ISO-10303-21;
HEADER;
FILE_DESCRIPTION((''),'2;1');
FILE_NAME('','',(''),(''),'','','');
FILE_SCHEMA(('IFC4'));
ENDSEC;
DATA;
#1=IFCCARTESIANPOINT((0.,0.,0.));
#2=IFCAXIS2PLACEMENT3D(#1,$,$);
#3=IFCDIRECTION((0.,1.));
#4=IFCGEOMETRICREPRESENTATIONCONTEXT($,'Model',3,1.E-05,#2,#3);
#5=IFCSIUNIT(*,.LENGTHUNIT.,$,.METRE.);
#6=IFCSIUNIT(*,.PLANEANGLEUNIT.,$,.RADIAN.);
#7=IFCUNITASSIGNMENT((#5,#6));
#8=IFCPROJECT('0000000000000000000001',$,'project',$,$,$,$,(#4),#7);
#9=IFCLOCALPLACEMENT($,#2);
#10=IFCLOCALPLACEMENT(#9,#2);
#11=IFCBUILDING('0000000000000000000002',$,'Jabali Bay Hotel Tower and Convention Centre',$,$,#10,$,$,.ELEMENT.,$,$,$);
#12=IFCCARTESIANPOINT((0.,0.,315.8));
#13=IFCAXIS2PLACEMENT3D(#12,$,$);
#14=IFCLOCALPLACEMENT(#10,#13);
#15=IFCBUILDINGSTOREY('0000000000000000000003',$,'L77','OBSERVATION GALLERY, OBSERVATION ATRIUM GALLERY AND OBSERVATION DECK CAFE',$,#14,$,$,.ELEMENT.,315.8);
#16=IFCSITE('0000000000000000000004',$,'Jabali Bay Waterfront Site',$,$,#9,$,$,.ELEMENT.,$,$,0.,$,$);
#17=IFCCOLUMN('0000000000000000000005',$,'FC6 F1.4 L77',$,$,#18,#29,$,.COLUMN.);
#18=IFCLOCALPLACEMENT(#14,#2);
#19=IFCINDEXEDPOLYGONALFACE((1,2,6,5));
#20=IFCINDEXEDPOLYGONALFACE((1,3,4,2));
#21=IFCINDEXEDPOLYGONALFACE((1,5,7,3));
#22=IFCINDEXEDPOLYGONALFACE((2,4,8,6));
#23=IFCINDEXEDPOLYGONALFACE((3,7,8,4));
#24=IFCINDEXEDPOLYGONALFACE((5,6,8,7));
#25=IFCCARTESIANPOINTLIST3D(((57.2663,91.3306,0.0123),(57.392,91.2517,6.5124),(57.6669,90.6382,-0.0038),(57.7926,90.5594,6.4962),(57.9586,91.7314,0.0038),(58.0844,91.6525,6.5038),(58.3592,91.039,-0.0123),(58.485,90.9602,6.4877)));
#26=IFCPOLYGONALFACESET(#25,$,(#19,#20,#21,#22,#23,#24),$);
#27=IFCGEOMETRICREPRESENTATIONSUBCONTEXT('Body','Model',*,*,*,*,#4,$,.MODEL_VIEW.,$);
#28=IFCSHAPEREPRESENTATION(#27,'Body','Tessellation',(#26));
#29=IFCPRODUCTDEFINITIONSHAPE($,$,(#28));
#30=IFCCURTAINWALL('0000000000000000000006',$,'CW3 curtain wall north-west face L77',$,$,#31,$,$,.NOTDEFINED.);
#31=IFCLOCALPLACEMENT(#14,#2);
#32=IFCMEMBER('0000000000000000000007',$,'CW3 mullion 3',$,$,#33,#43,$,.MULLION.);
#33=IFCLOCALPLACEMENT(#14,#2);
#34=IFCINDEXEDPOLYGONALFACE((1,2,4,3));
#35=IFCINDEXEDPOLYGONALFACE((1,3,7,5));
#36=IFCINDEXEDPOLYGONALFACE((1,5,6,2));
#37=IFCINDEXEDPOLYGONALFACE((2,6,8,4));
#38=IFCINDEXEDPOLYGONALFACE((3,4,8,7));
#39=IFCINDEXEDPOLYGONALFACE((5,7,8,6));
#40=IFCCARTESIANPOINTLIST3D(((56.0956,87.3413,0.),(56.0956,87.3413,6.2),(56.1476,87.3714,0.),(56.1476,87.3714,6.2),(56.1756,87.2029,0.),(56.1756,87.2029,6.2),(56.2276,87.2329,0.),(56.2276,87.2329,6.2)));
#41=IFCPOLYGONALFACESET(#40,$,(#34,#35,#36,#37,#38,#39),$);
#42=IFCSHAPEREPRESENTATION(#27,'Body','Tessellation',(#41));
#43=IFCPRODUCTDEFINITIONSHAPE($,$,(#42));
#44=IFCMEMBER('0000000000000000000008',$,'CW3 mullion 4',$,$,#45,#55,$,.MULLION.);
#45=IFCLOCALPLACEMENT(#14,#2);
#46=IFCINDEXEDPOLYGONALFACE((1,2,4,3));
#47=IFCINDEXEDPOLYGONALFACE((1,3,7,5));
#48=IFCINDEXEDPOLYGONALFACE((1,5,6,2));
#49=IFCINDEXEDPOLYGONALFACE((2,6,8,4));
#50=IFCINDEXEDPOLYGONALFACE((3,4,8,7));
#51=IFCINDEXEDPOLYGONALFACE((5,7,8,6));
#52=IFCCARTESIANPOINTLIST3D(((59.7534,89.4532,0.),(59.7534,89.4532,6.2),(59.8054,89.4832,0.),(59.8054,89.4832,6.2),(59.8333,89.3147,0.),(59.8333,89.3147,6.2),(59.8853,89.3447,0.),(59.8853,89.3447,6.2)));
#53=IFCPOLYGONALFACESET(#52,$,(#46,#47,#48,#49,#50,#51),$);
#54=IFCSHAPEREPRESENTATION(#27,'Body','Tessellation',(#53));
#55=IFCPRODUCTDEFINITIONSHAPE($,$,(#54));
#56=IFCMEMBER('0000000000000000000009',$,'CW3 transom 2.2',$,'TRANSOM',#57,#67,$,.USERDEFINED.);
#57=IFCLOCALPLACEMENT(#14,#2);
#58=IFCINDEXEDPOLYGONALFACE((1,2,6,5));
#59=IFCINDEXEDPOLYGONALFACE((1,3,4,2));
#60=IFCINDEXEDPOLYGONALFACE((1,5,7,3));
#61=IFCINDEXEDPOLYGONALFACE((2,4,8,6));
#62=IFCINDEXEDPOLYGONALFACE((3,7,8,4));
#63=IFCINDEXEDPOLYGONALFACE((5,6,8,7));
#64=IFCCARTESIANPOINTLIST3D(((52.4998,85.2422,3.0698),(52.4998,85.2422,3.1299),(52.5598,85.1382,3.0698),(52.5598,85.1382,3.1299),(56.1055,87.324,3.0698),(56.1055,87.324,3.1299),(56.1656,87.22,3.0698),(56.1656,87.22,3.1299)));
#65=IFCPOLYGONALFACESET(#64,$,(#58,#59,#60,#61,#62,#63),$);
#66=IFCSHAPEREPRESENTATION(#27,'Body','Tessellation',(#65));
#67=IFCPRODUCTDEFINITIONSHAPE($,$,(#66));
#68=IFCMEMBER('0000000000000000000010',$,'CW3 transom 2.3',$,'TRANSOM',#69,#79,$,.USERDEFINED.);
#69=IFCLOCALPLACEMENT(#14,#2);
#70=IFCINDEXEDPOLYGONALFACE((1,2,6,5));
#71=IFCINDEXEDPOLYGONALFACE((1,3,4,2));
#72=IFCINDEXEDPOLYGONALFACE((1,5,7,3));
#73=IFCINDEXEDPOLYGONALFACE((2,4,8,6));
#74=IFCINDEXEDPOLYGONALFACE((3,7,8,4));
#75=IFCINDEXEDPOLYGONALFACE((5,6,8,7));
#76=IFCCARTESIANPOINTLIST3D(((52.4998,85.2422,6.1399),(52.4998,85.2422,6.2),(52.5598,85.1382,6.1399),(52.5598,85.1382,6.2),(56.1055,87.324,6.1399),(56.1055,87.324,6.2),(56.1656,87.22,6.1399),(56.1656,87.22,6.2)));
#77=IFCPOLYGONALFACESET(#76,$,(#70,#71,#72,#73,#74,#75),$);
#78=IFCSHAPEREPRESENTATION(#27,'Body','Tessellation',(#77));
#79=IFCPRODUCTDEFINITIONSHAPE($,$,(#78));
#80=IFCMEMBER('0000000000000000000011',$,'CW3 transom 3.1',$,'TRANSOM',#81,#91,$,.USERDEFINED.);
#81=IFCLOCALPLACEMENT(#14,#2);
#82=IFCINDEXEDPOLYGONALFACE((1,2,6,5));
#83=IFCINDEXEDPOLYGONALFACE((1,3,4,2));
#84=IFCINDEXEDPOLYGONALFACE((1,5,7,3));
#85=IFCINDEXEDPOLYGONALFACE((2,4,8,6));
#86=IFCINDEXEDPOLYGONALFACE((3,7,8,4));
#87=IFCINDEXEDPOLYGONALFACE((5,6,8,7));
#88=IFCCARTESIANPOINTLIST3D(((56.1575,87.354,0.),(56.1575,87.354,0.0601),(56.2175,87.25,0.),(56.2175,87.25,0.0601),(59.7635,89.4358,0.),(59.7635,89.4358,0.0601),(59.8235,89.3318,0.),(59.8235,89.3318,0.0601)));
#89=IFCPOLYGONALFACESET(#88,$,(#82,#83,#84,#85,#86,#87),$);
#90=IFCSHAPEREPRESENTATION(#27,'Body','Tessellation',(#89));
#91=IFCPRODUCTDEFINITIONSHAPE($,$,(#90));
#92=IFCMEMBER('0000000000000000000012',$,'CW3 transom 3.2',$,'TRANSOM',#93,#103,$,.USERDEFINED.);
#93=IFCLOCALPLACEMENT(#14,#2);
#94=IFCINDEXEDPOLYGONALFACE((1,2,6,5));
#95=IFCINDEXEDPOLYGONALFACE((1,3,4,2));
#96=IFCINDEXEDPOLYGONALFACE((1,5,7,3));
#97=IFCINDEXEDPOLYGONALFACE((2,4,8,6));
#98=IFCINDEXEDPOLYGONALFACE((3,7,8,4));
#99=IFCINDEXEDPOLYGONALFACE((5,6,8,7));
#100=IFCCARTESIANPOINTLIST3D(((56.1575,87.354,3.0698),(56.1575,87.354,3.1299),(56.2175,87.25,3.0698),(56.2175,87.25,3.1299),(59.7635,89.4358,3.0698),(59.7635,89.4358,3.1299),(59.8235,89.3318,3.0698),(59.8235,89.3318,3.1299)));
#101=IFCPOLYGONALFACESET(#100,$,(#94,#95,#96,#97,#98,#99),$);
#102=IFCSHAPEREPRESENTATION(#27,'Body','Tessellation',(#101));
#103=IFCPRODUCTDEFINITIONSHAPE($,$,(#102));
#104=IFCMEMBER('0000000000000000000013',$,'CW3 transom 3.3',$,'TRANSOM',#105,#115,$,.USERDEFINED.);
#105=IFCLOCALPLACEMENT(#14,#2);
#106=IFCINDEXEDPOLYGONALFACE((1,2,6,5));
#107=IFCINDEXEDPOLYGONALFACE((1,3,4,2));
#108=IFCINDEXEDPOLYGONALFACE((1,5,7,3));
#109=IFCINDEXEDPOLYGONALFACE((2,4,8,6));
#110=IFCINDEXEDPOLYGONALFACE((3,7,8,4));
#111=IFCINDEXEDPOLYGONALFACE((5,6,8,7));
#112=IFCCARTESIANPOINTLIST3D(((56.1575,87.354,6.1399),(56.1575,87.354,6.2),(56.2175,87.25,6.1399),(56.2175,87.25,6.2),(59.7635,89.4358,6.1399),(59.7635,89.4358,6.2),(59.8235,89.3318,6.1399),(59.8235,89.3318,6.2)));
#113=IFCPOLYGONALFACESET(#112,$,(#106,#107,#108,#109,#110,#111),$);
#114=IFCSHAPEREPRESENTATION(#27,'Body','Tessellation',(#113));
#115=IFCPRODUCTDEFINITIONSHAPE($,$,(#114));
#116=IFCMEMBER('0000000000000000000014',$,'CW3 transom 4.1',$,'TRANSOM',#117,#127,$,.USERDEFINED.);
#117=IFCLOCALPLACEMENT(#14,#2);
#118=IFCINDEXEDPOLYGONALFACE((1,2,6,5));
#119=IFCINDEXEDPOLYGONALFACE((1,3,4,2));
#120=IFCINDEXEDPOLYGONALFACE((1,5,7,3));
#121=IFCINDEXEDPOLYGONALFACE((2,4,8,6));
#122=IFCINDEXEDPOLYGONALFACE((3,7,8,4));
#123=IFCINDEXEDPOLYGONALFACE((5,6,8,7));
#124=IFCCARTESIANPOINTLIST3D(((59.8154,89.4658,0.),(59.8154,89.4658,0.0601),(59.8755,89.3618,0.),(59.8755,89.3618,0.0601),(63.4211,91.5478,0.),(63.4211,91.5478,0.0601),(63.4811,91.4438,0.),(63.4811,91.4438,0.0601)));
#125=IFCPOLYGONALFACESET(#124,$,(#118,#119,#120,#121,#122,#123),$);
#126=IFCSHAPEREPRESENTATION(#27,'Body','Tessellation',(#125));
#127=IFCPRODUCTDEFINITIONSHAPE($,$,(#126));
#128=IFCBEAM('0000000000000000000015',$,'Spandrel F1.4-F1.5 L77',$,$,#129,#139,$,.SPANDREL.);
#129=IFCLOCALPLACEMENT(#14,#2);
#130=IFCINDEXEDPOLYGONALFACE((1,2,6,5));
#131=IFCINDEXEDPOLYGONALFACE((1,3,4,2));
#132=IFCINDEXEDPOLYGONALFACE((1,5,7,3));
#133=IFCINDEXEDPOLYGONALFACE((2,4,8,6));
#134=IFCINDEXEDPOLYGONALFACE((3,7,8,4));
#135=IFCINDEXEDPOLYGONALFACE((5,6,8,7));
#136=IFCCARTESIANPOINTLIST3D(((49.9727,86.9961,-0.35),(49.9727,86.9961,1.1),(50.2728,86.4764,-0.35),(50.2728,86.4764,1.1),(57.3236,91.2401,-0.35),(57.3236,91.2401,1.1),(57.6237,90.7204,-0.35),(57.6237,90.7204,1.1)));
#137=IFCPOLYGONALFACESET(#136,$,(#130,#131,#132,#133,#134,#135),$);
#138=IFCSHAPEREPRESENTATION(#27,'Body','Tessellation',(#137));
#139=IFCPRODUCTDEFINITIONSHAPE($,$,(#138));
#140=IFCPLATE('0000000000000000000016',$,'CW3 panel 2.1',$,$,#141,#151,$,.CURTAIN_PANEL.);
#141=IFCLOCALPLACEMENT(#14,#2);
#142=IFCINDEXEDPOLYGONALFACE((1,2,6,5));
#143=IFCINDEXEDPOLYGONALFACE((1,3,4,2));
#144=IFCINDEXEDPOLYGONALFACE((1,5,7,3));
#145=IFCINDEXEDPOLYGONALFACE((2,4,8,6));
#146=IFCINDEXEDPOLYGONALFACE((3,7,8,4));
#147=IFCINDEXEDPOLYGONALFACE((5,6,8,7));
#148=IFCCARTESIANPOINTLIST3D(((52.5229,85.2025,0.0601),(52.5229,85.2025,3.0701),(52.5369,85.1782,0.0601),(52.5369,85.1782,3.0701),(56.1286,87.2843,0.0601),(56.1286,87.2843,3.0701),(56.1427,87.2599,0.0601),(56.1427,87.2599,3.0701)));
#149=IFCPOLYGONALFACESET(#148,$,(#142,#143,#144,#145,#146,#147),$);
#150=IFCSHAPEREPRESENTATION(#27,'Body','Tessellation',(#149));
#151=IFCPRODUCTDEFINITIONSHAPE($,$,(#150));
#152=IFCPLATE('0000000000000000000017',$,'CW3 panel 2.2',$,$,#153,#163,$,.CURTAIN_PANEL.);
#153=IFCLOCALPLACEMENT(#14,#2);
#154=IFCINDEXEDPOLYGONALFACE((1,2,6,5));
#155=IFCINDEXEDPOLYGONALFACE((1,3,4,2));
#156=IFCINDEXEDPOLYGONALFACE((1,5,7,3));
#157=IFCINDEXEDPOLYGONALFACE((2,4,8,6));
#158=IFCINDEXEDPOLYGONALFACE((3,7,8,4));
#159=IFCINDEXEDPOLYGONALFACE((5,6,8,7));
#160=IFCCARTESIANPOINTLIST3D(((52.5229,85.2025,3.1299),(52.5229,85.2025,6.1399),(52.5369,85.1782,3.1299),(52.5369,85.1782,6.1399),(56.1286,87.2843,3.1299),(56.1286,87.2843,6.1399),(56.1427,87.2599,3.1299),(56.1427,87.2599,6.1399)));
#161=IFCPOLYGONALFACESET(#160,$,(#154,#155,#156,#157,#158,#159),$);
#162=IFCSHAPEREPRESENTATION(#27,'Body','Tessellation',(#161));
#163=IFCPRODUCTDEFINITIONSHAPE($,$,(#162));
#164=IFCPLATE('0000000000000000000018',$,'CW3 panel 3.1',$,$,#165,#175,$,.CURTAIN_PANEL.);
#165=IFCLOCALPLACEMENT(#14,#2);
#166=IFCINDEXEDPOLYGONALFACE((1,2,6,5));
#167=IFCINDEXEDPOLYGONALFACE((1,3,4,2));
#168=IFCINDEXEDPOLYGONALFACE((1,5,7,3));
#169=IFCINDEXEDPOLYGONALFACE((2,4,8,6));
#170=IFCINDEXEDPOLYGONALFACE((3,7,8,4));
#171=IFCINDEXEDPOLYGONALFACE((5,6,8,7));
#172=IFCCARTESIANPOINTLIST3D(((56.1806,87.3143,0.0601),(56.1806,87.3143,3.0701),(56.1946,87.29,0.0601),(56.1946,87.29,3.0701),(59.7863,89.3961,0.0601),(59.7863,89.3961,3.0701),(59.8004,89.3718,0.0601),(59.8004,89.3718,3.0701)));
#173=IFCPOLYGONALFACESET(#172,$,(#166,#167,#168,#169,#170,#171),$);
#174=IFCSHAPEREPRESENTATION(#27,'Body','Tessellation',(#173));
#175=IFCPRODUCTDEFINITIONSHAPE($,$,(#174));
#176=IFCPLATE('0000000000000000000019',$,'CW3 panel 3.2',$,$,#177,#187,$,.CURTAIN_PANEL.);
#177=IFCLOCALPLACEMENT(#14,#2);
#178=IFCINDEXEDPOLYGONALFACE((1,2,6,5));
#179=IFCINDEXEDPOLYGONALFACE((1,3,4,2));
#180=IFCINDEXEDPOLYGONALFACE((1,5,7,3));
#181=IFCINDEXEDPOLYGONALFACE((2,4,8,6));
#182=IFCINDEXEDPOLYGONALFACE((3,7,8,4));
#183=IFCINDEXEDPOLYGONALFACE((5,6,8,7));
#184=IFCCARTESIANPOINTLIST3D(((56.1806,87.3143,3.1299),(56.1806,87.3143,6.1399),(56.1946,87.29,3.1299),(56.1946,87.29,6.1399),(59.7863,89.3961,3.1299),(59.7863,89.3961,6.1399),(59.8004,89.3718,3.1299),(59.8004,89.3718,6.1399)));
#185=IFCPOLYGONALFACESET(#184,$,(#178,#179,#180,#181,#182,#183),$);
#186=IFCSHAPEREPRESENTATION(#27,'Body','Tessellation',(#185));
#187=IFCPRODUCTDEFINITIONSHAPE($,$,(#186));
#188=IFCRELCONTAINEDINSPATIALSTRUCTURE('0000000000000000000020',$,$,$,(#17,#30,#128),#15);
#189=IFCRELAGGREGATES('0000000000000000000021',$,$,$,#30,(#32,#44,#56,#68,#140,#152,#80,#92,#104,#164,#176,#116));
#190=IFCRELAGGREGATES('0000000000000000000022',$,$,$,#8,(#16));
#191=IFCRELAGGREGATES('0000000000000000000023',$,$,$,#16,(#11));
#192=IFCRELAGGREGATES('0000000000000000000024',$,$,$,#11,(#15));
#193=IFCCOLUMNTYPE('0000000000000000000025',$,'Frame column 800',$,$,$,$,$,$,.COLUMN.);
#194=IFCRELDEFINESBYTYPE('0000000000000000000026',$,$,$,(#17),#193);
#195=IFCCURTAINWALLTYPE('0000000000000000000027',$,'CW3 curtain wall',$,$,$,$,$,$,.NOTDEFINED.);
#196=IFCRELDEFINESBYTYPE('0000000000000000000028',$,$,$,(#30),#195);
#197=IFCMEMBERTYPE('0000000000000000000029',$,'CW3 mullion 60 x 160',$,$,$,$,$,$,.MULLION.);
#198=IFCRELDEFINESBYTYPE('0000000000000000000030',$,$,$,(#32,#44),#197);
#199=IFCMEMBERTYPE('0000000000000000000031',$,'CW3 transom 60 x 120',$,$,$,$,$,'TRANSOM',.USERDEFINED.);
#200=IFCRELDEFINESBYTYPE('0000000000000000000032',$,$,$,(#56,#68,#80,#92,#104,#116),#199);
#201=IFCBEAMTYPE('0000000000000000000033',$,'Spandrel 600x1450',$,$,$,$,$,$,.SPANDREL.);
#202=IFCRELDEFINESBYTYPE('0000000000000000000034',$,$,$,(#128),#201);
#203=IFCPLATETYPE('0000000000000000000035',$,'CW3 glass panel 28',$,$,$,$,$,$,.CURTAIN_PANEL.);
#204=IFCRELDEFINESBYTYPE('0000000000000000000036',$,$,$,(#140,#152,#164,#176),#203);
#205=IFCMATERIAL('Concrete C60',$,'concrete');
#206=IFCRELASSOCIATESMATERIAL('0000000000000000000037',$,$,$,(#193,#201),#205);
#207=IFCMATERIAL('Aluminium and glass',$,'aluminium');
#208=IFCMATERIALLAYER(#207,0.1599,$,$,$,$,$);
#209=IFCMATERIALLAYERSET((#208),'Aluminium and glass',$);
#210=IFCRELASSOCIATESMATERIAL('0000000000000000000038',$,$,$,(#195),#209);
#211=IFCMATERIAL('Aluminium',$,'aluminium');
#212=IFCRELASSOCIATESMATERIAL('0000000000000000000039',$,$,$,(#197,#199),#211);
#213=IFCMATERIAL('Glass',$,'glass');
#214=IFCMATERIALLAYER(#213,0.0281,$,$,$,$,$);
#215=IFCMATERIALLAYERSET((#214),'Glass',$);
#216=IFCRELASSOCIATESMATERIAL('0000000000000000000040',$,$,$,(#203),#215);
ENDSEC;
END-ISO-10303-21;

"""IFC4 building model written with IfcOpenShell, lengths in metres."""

from ifc_helpers import new_model, si_unit, direction, frame, origin, origin_2d, place, context, subcontext, project, spatial, rectangle, extrude, material, layer, layer_set, material_profile, profile_set, type_object, element, aggregate, save


model = new_model("IFC4")

# Units and contexts
model_context = context("Model", 3, precision=1e-05, world=origin(), true_north=direction((0.0, 1.0)))
body_context = subcontext(model_context, "Body", "Model", "MODEL_VIEW")
ifc_project = project(units=[si_unit("LENGTHUNIT", "METRE"), si_unit("PLANEANGLEUNIT", "RADIAN")], contexts=[model_context])

# Site, building, storey
site_placement = place(None, origin())
site = spatial("IfcSite", under=ifc_project, at=site_placement, Name="Jabali Bay Waterfront Site", CompositionType="ELEMENT", RefElevation=0.0)
building_placement = place(site_placement, origin())
building = spatial("IfcBuilding", under=site, at=building_placement, Name="Jabali Bay Hotel Tower and Convention Centre", CompositionType="ELEMENT")
storey_placement = place(building_placement, frame((0.0, 0.0, 315.8)))
storey = spatial("IfcBuildingStorey", under=building, at=storey_placement, Name="L77", Description="OBSERVATION GALLERY, OBSERVATION ATRIUM GALLERY AND OBSERVATION DECK CAFE", CompositionType="ELEMENT", Elevation=315.8)

# Column
ifc_material_1 = material(Name="Concrete C60", Category="concrete")
ifc_material_profile_1 = material_profile(ifc_material_1, rectangle(XDim=0.8, YDim=0.8, at=origin_2d()), Name="Frame column 800")
ifc_profile_set_1 = profile_set([ifc_material_profile_1], Name="Concrete C60")
column_type = type_object("IfcColumnType", Name="Frame column 800", PredefinedType="COLUMN", material=ifc_profile_set_1)
column_placement = place(storey_placement, frame((57.8127, 91.1848, 0.0), z_axis=(0.019338, -0.012129, 0.999739), x_axis=(-0.500702, 0.865384, 0.020184)))
element("IfcColumn", 1, at=column_placement, inside=storey, type_object=column_type, Name="FC6 F1.4 L77", PredefinedType="COLUMN", context=body_context, shape_type="SweptSolid", body=[
    extrude(rectangle(XDim=0.8, YDim=0.8, at=origin_2d()), origin(), (0.0, 0.0, 1.0), 6.5017),
])

# Curtain wall, members
ifc_material_2 = material(Name="Aluminium and glass", Category="aluminium")
ifc_layer_1 = layer(ifc_material_2, 0.1599)
ifc_layer_set_1 = layer_set([ifc_layer_1], Name="Aluminium and glass")
curtain_wall_type = type_object("IfcCurtainWallType", Name="CW3 curtain wall", PredefinedType="NOTDEFINED", material=ifc_layer_set_1)
curtain_wall_placement = place(storey_placement, origin())
curtain_wall = element("IfcCurtainWall", 2, at=curtain_wall_placement, inside=storey, type_object=curtain_wall_type, Name="CW3 curtain wall north-west face L77", PredefinedType="NOTDEFINED")
ifc_material_3 = material(Name="Aluminium", Category="aluminium")
ifc_material_profile_2 = material_profile(ifc_material_3, rectangle(XDim=0.1599, YDim=0.0601, at=origin_2d()), Name="CW3 mullion 60 x 160")
ifc_profile_set_2 = profile_set([ifc_material_profile_2], Name="Aluminium")
member_type_1 = type_object("IfcMemberType", Name="CW3 mullion 60 x 160", PredefinedType="MULLION", material=ifc_profile_set_2)
member_1_placement = place(storey_placement, frame((56.1616, 87.2871, 0.0), z_axis=(0.0, 0.0, 1.0), x_axis=(-0.5, 0.866025, 0.0)))
member_1 = element("IfcMember", 3, at=member_1_placement, type_object=member_type_1, Name="CW3 mullion 3", PredefinedType="MULLION", context=body_context, shape_type="SweptSolid", body=[
    extrude(rectangle(XDim=0.1599, YDim=0.0601, at=origin_2d()), origin(), (0.0, 0.0, 1.0), 6.2),
])
member_2_placement = place(storey_placement, frame((59.8193, 89.3989, 0.0), z_axis=(0.0, 0.0, 1.0), x_axis=(-0.5, 0.866025, 0.0)))
member_2 = element("IfcMember", 4, at=member_2_placement, type_object=member_type_1, Name="CW3 mullion 4", PredefinedType="MULLION", context=body_context, shape_type="SweptSolid", body=[
    extrude(rectangle(XDim=0.1599, YDim=0.0601, at=origin_2d()), origin(), (0.0, 0.0, 1.0), 6.2),
])
ifc_material_profile_3 = material_profile(ifc_material_3, rectangle(XDim=0.1201, YDim=0.0601, at=origin_2d()), Name="CW3 transom 60 x 120")
ifc_profile_set_3 = profile_set([ifc_material_profile_3], Name="Aluminium")
member_type_2 = type_object("IfcMemberType", Name="CW3 transom 60 x 120", ElementType="TRANSOM", PredefinedType="USERDEFINED", material=ifc_profile_set_3)
member_3_placement = place(storey_placement, frame((52.5298, 85.1902, 3.0999), z_axis=(0.866023, 0.500005, 0.0), x_axis=(-0.500005, 0.866023, 0.0)))
member_3 = element("IfcMember", 5, at=member_3_placement, type_object=member_type_2, Name="CW3 transom 2.2", ObjectType="TRANSOM", PredefinedType="USERDEFINED", context=body_context, shape_type="SweptSolid", body=[
    extrude(rectangle(XDim=0.1201, YDim=0.0601, at=origin_2d()), origin(), (0.0, 0.0, 1.0), 4.1636),
])
member_4_placement = place(storey_placement, frame((52.5298, 85.1902, 6.1699), z_axis=(0.866023, 0.500005, 0.0), x_axis=(-0.500005, 0.866023, 0.0)))
member_4 = element("IfcMember", 6, at=member_4_placement, type_object=member_type_2, Name="CW3 transom 2.3", ObjectType="TRANSOM", PredefinedType="USERDEFINED", context=body_context, shape_type="SweptSolid", body=[
    extrude(rectangle(XDim=0.1201, YDim=0.0601, at=origin_2d()), origin(), (0.0, 0.0, 1.0), 4.1636),
])
member_5_placement = place(storey_placement, frame((56.1875, 87.302, 0.03), z_axis=(0.866037, 0.49998, 0.0), x_axis=(-0.49998, 0.866037, 0.0)))
member_5 = element("IfcMember", 7, at=member_5_placement, type_object=member_type_2, Name="CW3 transom 3.1", ObjectType="TRANSOM", PredefinedType="USERDEFINED", context=body_context, shape_type="SweptSolid", body=[
    extrude(rectangle(XDim=0.1201, YDim=0.0601, at=origin_2d()), origin(), (0.0, 0.0, 1.0), 4.1638),
])
member_6_placement = place(storey_placement, frame((56.1875, 87.302, 3.0999), z_axis=(0.866037, 0.49998, 0.0), x_axis=(-0.49998, 0.866037, 0.0)))
member_6 = element("IfcMember", 8, at=member_6_placement, type_object=member_type_2, Name="CW3 transom 3.2", ObjectType="TRANSOM", PredefinedType="USERDEFINED", context=body_context, shape_type="SweptSolid", body=[
    extrude(rectangle(XDim=0.1201, YDim=0.0601, at=origin_2d()), origin(), (0.0, 0.0, 1.0), 4.1638),
])
member_7_placement = place(storey_placement, frame((56.1875, 87.302, 6.1699), z_axis=(0.866037, 0.49998, 0.0), x_axis=(-0.49998, 0.866037, 0.0)))
member_7 = element("IfcMember", 9, at=member_7_placement, type_object=member_type_2, Name="CW3 transom 3.3", ObjectType="TRANSOM", PredefinedType="USERDEFINED", context=body_context, shape_type="SweptSolid", body=[
    extrude(rectangle(XDim=0.1201, YDim=0.0601, at=origin_2d()), origin(), (0.0, 0.0, 1.0), 4.1638),
])
member_8_placement = place(storey_placement, frame((59.8455, 89.4138, 0.03), z_axis=(0.865997, 0.500049, 0.0), x_axis=(-0.500049, 0.865997, 0.0)))
member_8 = element("IfcMember", 10, at=member_8_placement, type_object=member_type_2, Name="CW3 transom 4.1", ObjectType="TRANSOM", PredefinedType="USERDEFINED", context=body_context, shape_type="SweptSolid", body=[
    extrude(rectangle(XDim=0.1201, YDim=0.0601, at=origin_2d()), origin(), (0.0, 0.0, 1.0), 4.1636),
])

# Beam
ifc_material_profile_4 = material_profile(ifc_material_1, rectangle(XDim=0.6001, YDim=1.45, at=origin_2d()), Name="Spandrel 600x1450")
ifc_profile_set_4 = profile_set([ifc_material_profile_4], Name="Concrete C60")
beam_type = type_object("IfcBeamType", Name="Spandrel 600x1450", PredefinedType="SPANDREL", material=ifc_profile_set_4)
beam_placement = place(storey_placement, frame((57.4736, 90.9802, 0.375), z_axis=(-0.866031, -0.499991, 0.0), x_axis=(0.499991, -0.866031, 0.0)))
element("IfcBeam", 11, at=beam_placement, inside=storey, type_object=beam_type, Name="Spandrel F1.4-F1.5 L77", PredefinedType="SPANDREL", context=body_context, shape_type="SweptSolid", body=[
    extrude(rectangle(XDim=0.6001, YDim=1.45, at=origin_2d()), origin(), (0.0, 0.0, 1.0), 8.488),
])

# Plates
ifc_material_4 = material(Name="Glass", Category="glass")
ifc_layer_2 = layer(ifc_material_4, 0.0281)
ifc_layer_set_2 = layer_set([ifc_layer_2], Name="Glass")
plate_type = type_object("IfcPlateType", Name="CW3 glass panel 28", PredefinedType="CURTAIN_PANEL", material=ifc_layer_set_2)
plate_1_placement = place(storey_placement, frame((54.3328, 86.2312, 0.0601), z_axis=(0.0, 0.0, 1.0), x_axis=(0.866025, 0.5, 0.0)))
plate_1 = element("IfcPlate", 12, at=plate_1_placement, type_object=plate_type, Name="CW3 panel 2.1", PredefinedType="CURTAIN_PANEL", context=body_context, shape_type="SweptSolid", body=[
    extrude(rectangle(XDim=4.1636, YDim=0.0281, at=origin_2d()), origin(), (0.0, 0.0, 1.0), 3.01),
])
plate_2_placement = place(storey_placement, frame((54.3328, 86.2312, 3.1299), z_axis=(0.0, 0.0, 1.0), x_axis=(0.866025, 0.5, 0.0)))
plate_2 = element("IfcPlate", 13, at=plate_2_placement, type_object=plate_type, Name="CW3 panel 2.2", PredefinedType="CURTAIN_PANEL", context=body_context, shape_type="SweptSolid", body=[
    extrude(rectangle(XDim=4.1636, YDim=0.0281, at=origin_2d()), origin(), (0.0, 0.0, 1.0), 3.01),
])
plate_3_placement = place(storey_placement, frame((57.9905, 88.343, 0.0601), z_axis=(0.0, 0.0, 1.0), x_axis=(0.866025, 0.5, 0.0)))
plate_3 = element("IfcPlate", 14, at=plate_3_placement, type_object=plate_type, Name="CW3 panel 3.1", PredefinedType="CURTAIN_PANEL", context=body_context, shape_type="SweptSolid", body=[
    extrude(rectangle(XDim=4.1636, YDim=0.0281, at=origin_2d()), origin(), (0.0, 0.0, 1.0), 3.01),
])
plate_4_placement = place(storey_placement, frame((57.9905, 88.343, 3.1299), z_axis=(0.0, 0.0, 1.0), x_axis=(0.866025, 0.5, 0.0)))
plate_4 = element("IfcPlate", 15, at=plate_4_placement, type_object=plate_type, Name="CW3 panel 3.2", PredefinedType="CURTAIN_PANEL", context=body_context, shape_type="SweptSolid", body=[
    extrude(rectangle(XDim=4.1636, YDim=0.0281, at=origin_2d()), origin(), (0.0, 0.0, 1.0), 3.01),
])
aggregate(curtain_wall, [member_1, member_2, member_3, member_4, plate_1, plate_2, member_5, member_6, member_7, plate_3, plate_4, member_8])

save(model, "model.ifc")
